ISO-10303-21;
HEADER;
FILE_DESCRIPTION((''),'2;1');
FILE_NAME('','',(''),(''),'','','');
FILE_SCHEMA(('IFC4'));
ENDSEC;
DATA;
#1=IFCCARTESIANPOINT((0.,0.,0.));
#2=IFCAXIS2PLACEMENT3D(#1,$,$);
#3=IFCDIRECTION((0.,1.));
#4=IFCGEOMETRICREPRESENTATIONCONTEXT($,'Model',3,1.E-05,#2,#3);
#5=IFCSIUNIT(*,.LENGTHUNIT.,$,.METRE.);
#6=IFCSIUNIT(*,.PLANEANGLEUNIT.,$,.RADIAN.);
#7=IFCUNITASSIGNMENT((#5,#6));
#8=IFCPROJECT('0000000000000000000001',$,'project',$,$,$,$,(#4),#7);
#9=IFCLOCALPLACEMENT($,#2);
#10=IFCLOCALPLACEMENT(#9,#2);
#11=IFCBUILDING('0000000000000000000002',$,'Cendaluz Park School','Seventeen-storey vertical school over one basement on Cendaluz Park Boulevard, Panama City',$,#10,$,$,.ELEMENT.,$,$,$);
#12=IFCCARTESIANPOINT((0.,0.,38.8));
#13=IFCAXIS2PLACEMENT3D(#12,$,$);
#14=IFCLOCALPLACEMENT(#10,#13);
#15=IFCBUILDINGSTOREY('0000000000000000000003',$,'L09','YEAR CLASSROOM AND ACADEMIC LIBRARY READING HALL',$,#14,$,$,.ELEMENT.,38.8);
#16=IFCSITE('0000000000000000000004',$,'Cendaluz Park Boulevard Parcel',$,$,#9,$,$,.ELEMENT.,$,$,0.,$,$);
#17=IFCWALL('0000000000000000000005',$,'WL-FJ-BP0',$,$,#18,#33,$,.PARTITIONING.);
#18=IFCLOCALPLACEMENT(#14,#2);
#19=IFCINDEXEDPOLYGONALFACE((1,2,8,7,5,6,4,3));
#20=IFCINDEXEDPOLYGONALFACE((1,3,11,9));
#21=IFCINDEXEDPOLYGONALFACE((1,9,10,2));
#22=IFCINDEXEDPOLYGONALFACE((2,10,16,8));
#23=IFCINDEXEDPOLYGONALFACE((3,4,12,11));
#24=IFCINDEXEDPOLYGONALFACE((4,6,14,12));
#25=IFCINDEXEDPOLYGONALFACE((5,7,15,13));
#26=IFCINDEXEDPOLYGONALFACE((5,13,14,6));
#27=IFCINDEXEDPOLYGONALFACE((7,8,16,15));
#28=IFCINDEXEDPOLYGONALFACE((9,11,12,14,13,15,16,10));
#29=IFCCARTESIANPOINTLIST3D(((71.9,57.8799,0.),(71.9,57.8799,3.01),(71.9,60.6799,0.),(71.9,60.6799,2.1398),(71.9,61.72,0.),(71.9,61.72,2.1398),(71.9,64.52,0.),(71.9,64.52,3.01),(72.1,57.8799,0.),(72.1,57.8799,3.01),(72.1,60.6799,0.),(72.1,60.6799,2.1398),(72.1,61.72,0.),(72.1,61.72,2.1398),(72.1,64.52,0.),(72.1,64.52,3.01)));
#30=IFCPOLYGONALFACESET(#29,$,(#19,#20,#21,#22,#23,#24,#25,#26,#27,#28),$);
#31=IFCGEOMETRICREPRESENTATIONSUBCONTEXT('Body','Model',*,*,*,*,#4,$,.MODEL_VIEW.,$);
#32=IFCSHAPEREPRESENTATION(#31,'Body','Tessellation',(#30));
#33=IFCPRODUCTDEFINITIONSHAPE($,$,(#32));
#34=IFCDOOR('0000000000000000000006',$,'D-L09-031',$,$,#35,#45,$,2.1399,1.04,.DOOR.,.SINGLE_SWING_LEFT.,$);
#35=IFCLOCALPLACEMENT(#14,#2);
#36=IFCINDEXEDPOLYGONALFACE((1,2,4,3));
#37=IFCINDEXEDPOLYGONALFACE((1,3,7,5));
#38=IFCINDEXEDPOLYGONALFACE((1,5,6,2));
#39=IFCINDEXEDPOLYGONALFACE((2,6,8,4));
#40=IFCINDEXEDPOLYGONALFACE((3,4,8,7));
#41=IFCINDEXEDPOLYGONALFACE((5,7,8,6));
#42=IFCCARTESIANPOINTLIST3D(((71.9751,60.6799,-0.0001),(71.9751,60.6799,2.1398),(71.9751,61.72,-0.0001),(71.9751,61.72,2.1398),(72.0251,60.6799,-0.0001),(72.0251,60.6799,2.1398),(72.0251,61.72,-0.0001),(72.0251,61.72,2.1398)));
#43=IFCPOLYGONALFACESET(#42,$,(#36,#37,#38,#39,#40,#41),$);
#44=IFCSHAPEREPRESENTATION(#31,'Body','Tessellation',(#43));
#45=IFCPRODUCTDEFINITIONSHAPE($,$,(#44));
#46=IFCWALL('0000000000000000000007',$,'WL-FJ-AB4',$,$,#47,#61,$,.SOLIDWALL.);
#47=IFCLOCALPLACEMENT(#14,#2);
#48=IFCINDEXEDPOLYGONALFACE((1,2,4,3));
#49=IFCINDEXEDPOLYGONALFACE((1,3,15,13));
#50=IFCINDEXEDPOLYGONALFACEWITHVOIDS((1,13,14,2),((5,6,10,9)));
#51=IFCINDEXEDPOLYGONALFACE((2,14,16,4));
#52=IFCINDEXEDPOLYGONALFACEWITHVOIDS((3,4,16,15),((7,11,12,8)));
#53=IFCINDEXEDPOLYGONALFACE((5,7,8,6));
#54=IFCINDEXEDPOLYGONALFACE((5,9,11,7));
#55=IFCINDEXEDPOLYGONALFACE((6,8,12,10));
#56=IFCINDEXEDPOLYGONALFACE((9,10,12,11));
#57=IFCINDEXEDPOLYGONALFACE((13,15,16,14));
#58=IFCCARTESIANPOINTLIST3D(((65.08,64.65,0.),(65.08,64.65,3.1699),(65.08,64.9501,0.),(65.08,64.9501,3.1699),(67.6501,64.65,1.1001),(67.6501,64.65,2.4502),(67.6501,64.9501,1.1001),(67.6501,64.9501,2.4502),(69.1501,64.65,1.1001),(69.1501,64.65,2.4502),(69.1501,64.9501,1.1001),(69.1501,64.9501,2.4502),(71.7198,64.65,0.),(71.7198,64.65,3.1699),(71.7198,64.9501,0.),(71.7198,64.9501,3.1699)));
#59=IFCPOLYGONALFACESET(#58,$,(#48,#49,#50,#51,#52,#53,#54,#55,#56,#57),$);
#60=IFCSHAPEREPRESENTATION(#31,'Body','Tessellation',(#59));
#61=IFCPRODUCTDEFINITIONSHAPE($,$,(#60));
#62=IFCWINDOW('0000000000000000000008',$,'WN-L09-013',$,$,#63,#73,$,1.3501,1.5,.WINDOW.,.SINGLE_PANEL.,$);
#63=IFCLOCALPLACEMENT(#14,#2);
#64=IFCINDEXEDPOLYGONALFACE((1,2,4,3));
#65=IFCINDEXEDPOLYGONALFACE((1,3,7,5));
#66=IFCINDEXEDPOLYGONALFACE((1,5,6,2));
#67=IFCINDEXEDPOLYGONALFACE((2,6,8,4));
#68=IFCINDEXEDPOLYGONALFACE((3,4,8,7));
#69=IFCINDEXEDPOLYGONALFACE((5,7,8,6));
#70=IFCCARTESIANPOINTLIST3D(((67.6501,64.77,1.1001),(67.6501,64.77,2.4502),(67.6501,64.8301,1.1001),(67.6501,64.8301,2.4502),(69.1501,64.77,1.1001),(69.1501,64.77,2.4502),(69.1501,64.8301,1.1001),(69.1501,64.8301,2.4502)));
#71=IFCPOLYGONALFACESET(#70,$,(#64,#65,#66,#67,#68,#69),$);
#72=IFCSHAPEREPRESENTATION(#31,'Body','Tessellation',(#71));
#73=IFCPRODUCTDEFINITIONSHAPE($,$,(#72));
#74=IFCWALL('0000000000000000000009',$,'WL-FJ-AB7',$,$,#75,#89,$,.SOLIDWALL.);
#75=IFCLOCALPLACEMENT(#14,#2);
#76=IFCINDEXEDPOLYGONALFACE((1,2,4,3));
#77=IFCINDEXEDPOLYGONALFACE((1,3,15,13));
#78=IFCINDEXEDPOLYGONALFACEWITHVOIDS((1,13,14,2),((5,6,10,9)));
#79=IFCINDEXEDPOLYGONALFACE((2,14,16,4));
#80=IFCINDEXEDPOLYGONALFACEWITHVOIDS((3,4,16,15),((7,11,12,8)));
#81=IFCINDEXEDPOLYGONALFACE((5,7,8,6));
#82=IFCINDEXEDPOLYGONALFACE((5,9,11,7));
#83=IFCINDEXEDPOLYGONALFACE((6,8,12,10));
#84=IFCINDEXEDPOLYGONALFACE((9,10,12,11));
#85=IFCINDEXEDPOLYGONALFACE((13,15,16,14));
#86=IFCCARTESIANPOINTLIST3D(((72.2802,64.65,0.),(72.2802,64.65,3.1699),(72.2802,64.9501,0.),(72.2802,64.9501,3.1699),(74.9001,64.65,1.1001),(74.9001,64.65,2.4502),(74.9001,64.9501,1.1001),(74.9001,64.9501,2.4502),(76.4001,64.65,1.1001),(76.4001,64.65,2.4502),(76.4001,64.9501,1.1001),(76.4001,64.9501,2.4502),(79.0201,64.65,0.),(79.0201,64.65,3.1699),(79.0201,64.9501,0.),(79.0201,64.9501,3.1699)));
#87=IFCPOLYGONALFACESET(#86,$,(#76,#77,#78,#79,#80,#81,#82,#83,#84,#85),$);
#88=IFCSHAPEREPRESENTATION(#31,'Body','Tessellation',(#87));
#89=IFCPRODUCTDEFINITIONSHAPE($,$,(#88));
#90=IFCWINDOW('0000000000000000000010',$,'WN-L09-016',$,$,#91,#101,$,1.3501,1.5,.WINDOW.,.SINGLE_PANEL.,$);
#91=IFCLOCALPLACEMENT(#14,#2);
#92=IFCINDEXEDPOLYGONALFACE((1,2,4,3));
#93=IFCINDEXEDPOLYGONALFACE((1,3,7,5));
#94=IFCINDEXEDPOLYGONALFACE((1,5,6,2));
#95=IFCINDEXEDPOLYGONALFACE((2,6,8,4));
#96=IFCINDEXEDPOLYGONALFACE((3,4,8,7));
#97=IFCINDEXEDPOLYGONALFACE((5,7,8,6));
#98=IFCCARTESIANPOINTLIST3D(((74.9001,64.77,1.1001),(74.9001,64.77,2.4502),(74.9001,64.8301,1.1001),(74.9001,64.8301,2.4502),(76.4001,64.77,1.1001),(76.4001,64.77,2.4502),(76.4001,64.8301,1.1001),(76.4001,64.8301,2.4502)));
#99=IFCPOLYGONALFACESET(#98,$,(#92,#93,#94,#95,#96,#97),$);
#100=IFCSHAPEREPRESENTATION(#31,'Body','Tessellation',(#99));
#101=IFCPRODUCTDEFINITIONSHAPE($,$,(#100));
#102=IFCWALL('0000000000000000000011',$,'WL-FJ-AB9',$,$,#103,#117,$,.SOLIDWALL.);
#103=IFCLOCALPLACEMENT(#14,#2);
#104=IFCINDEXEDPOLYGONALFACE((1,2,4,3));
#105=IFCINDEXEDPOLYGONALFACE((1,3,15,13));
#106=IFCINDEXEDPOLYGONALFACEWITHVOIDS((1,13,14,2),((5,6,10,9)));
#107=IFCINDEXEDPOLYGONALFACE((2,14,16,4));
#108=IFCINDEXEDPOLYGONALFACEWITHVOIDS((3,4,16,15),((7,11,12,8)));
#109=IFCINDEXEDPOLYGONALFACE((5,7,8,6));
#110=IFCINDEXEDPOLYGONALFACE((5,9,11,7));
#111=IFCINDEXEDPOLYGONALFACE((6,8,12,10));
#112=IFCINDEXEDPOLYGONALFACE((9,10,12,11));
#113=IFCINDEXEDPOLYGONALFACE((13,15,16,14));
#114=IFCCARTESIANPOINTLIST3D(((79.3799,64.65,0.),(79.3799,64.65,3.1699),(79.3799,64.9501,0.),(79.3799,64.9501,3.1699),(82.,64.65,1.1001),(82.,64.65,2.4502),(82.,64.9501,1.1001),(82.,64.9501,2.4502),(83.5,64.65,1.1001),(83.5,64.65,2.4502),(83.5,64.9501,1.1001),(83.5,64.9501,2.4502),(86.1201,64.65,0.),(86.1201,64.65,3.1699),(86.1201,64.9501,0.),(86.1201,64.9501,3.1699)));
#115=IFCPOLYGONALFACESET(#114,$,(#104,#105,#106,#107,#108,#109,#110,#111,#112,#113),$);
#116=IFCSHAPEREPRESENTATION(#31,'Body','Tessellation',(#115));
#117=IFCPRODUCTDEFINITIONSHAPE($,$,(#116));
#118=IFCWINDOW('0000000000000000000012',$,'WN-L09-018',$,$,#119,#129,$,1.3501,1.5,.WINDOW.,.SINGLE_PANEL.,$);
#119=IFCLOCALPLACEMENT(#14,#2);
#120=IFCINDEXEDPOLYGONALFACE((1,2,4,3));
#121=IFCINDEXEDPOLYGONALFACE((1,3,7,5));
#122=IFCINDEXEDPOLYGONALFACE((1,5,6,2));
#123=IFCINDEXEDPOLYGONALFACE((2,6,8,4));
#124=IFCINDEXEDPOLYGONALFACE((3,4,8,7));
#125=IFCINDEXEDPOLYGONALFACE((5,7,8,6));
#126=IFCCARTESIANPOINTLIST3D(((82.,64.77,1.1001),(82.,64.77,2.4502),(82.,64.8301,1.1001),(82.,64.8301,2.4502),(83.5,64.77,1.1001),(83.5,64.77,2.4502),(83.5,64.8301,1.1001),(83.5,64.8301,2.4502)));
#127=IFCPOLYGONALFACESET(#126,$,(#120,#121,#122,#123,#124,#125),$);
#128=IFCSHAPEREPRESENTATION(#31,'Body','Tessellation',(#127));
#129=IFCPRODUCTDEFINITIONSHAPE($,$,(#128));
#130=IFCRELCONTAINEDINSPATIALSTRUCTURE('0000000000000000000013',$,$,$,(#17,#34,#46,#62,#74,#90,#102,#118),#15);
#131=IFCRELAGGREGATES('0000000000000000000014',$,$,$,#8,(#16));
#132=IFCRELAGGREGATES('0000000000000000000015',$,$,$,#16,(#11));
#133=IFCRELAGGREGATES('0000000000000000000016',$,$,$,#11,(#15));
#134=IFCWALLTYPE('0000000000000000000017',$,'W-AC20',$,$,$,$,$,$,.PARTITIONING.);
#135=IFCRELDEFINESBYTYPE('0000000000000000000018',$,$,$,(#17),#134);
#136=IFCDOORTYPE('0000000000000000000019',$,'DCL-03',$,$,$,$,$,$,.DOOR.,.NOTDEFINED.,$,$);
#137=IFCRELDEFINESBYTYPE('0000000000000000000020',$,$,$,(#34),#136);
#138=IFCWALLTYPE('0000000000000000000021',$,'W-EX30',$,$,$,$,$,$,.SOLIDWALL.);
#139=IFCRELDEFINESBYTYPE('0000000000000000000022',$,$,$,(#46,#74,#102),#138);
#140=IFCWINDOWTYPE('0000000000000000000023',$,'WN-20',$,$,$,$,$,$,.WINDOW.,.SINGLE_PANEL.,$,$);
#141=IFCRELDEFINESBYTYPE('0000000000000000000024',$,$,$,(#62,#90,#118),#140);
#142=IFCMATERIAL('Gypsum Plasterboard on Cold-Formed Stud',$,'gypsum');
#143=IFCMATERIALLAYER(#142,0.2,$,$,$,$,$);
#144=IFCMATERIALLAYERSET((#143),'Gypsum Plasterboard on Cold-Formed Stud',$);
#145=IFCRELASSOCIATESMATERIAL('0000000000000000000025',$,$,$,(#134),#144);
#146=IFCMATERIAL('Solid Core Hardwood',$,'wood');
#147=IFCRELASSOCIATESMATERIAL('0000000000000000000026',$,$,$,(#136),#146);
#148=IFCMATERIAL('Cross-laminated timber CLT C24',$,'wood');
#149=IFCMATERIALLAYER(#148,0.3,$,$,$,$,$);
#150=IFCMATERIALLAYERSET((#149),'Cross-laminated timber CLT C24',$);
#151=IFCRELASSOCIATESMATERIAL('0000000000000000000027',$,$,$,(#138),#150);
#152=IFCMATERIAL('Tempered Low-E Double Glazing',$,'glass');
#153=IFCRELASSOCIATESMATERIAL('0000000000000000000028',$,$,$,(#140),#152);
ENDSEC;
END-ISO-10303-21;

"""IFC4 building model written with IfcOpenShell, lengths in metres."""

from ifc_helpers import new_model, si_unit, direction, frame, frame_2d, origin, place, context, subcontext, project, spatial, rectangle, extrude, material, layer, layer_set, type_object, element, fill, save


model = new_model("IFC4")

# Units and contexts
model_context = context("Model", 3, precision=1e-05, world=origin(), true_north=direction((0.0, 1.0)))
body_context = subcontext(model_context, "Body", "Model", "MODEL_VIEW")
ifc_project = project(units=[si_unit("LENGTHUNIT", "METRE"), si_unit("PLANEANGLEUNIT", "RADIAN")], contexts=[model_context])

# Site, building, storey
site_placement = place(None, origin())
site = spatial("IfcSite", under=ifc_project, at=site_placement, Name="Cendaluz Park Boulevard Parcel", CompositionType="ELEMENT", RefElevation=0.0)
building_placement = place(site_placement, origin())
building = spatial("IfcBuilding", under=site, at=building_placement, Name="Cendaluz Park School", Description="Seventeen-storey vertical school over one basement on Cendaluz Park Boulevard, Panama City", CompositionType="ELEMENT")
storey_placement = place(building_placement, frame((0.0, 0.0, 38.8)))
storey = spatial("IfcBuildingStorey", under=building, at=storey_placement, Name="L09", Description="YEAR CLASSROOM AND ACADEMIC LIBRARY READING HALL", CompositionType="ELEMENT", Elevation=38.8)

# Shared definitions
ifc_material_1 = material(Name="Gypsum Plasterboard on Cold-Formed Stud", Category="gypsum")
ifc_layer_1 = layer(ifc_material_1, 0.2)
ifc_layer_set_1 = layer_set([ifc_layer_1], Name="Gypsum Plasterboard on Cold-Formed Stud")
wall_type_1 = type_object("IfcWallType", Name="W-AC20", PredefinedType="PARTITIONING", material=ifc_layer_set_1)

# Wall, opening, door
ifc_material_2 = material(Name="Solid Core Hardwood", Category="wood")
door_type = type_object("IfcDoorType", Name="DCL-03", OperationType="NOTDEFINED", PredefinedType="DOOR", material=ifc_material_2)
wall_1_placement = place(storey_placement, frame((72.0, 57.8799, 0.0), z_axis=(0.0, 0.0, 1.0), x_axis=(0.0, 1.0, 0.0)))
wall_1 = element("IfcWall", 1, at=wall_1_placement, inside=storey, type_object=wall_type_1, Name="WL-FJ-BP0", PredefinedType="PARTITIONING", context=body_context, shape_type="SweptSolid", body=[
    extrude(rectangle(XDim=6.6401, YDim=0.2, at=frame_2d((3.3201, 0.0))), origin(), (0.0, 0.0, 1.0), 3.01),
])
opening_1_placement = place(wall_1_placement, frame((2.8, 0.0, 0.0)))
opening_1 = element("IfcOpeningElement", 2, at=opening_1_placement, cuts=wall_1, PredefinedType="OPENING", context=body_context, shape_type="SweptSolid", body=[
    extrude(rectangle(XDim=1.04, YDim=2.1399, at=frame_2d((0.52, 1.0698))), frame((0.0, 0.1121, 0.0), z_axis=(0.0, -1.0, 0.0), x_axis=(1.0, 0.0, 0.0)), (0.0, 0.0, 1.0), 0.2239),
])
door_1_placement = place(opening_1_placement, origin())
door_1 = element("IfcDoor", 3, at=door_1_placement, inside=storey, type_object=door_type, Name="D-L09-031", OperationType="SINGLE_SWING_LEFT", OverallHeight=2.1399, OverallWidth=1.04, PredefinedType="DOOR", context=body_context, shape_type="SweptSolid", body=[
    extrude(rectangle(XDim=1.04, YDim=2.1399, at=frame_2d((0.52, 1.0698))), frame((0.0, 0.0249, 0.0), z_axis=(0.0, -1.0, 0.0), x_axis=(1.0, 0.0, 0.0)), (0.0, 0.0, 1.0), 0.05),
])
fill(opening_1, door_1)

# Walls, openings, windows
ifc_material_3 = material(Name="Cross-laminated timber CLT C24", Category="wood")
ifc_layer_2 = layer(ifc_material_3, 0.3)
ifc_layer_set_2 = layer_set([ifc_layer_2], Name="Cross-laminated timber CLT C24")
wall_type_2 = type_object("IfcWallType", Name="W-EX30", PredefinedType="SOLIDWALL", material=ifc_layer_set_2)
wall_2_placement = place(storey_placement, frame((65.0801, 64.8, 0.0), z_axis=(0.0, 0.0, 1.0), x_axis=(1.0, 0.0, 0.0)))
wall_2 = element("IfcWall", 4, at=wall_2_placement, inside=storey, type_object=wall_type_2, Name="WL-FJ-AB4", PredefinedType="SOLIDWALL", context=body_context, shape_type="SweptSolid", body=[
    extrude(rectangle(XDim=6.6399, YDim=0.3, at=frame_2d((3.3198, 0.0))), origin(), (0.0, 0.0, 1.0), 3.1699),
])
opening_2_placement = place(wall_2_placement, frame((2.5701, 0.0, 1.1001)))
opening_2 = element("IfcOpeningElement", 5, at=opening_2_placement, cuts=wall_2, PredefinedType="OPENING", context=body_context, shape_type="SweptSolid", body=[
    extrude(rectangle(XDim=1.5, YDim=1.3501, at=frame_2d((0.75, 0.675))), frame((0.0, 0.1621, 0.0), z_axis=(0.0, -1.0, 0.0), x_axis=(1.0, 0.0, 0.0)), (0.0, 0.0, 1.0), 0.324),
])
ifc_material_4 = material(Name="Tempered Low-E Double Glazing", Category="glass")
window_type = type_object("IfcWindowType", Name="WN-20", PartitioningType="SINGLE_PANEL", PredefinedType="WINDOW", material=ifc_material_4)
window_1_placement = place(opening_2_placement, origin())
window_1 = element("IfcWindow", 6, at=window_1_placement, inside=storey, type_object=window_type, Name="WN-L09-013", OverallHeight=1.3501, OverallWidth=1.5, PartitioningType="SINGLE_PANEL", PredefinedType="WINDOW", context=body_context, shape_type="SweptSolid", body=[
    extrude(rectangle(XDim=1.5, YDim=1.3501, at=frame_2d((0.75, 0.675))), frame((0.0, 0.03, 0.0), z_axis=(0.0, -1.0, 0.0), x_axis=(1.0, 0.0, 0.0)), (0.0, 0.0, 1.0), 0.0601),
])
fill(opening_2, window_1)
wall_3_placement = place(storey_placement, frame((72.28, 64.8, 0.0), z_axis=(0.0, 0.0, 1.0), x_axis=(1.0, 0.0, 0.0)))
wall_3 = element("IfcWall", 7, at=wall_3_placement, inside=storey, type_object=wall_type_2, Name="WL-FJ-AB7", PredefinedType="SOLIDWALL", context=body_context, shape_type="SweptSolid", body=[
    extrude(rectangle(XDim=6.74, YDim=0.3, at=frame_2d((3.3701, 0.0))), origin(), (0.0, 0.0, 1.0), 3.1699),
])
opening_3_placement = place(wall_3_placement, frame((2.6201, 0.0, 1.1001)))
opening_3 = element("IfcOpeningElement", 8, at=opening_3_placement, cuts=wall_3, PredefinedType="OPENING", context=body_context, shape_type="SweptSolid", body=[
    extrude(rectangle(XDim=1.5, YDim=1.3501, at=frame_2d((0.75, 0.675))), frame((0.0, 0.1621, 0.0), z_axis=(0.0, -1.0, 0.0), x_axis=(1.0, 0.0, 0.0)), (0.0, 0.0, 1.0), 0.324),
])
window_2_placement = place(opening_3_placement, origin())
window_2 = element("IfcWindow", 9, at=window_2_placement, inside=storey, type_object=window_type, Name="WN-L09-016", OverallHeight=1.3501, OverallWidth=1.5, PartitioningType="SINGLE_PANEL", PredefinedType="WINDOW", context=body_context, shape_type="SweptSolid", body=[
    extrude(rectangle(XDim=1.5, YDim=1.3501, at=frame_2d((0.75, 0.675))), frame((0.0, 0.03, 0.0), z_axis=(0.0, -1.0, 0.0), x_axis=(1.0, 0.0, 0.0)), (0.0, 0.0, 1.0), 0.0601),
])
fill(opening_3, window_2)
wall_4_placement = place(storey_placement, frame((79.3799, 64.8, 0.0), z_axis=(0.0, 0.0, 1.0), x_axis=(1.0, 0.0, 0.0)))
wall_4 = element("IfcWall", 10, at=wall_4_placement, inside=storey, type_object=wall_type_2, Name="WL-FJ-AB9", PredefinedType="SOLIDWALL", context=body_context, shape_type="SweptSolid", body=[
    extrude(rectangle(XDim=6.7402, YDim=0.3, at=frame_2d((3.3701, 0.0))), origin(), (0.0, 0.0, 1.0), 3.1699),
])
opening_4_placement = place(wall_4_placement, frame((2.6201, 0.0, 1.1001)))
opening_4 = element("IfcOpeningElement", 11, at=opening_4_placement, cuts=wall_4, PredefinedType="OPENING", context=body_context, shape_type="SweptSolid", body=[
    extrude(rectangle(XDim=1.5, YDim=1.3501, at=frame_2d((0.75, 0.675))), frame((0.0, 0.1621, 0.0), z_axis=(0.0, -1.0, 0.0), x_axis=(1.0, 0.0, 0.0)), (0.0, 0.0, 1.0), 0.324),
])
window_3_placement = place(opening_4_placement, origin())
window_3 = element("IfcWindow", 12, at=window_3_placement, inside=storey, type_object=window_type, Name="WN-L09-018", OverallHeight=1.3501, OverallWidth=1.5, PartitioningType="SINGLE_PANEL", PredefinedType="WINDOW", context=body_context, shape_type="SweptSolid", body=[
    extrude(rectangle(XDim=1.5, YDim=1.3501, at=frame_2d((0.75, 0.675))), frame((0.0, 0.03, 0.0), z_axis=(0.0, -1.0, 0.0), x_axis=(1.0, 0.0, 0.0)), (0.0, 0.0, 1.0), 0.0601),
])
fill(opening_4, window_3)

save(model, "model.ifc")
